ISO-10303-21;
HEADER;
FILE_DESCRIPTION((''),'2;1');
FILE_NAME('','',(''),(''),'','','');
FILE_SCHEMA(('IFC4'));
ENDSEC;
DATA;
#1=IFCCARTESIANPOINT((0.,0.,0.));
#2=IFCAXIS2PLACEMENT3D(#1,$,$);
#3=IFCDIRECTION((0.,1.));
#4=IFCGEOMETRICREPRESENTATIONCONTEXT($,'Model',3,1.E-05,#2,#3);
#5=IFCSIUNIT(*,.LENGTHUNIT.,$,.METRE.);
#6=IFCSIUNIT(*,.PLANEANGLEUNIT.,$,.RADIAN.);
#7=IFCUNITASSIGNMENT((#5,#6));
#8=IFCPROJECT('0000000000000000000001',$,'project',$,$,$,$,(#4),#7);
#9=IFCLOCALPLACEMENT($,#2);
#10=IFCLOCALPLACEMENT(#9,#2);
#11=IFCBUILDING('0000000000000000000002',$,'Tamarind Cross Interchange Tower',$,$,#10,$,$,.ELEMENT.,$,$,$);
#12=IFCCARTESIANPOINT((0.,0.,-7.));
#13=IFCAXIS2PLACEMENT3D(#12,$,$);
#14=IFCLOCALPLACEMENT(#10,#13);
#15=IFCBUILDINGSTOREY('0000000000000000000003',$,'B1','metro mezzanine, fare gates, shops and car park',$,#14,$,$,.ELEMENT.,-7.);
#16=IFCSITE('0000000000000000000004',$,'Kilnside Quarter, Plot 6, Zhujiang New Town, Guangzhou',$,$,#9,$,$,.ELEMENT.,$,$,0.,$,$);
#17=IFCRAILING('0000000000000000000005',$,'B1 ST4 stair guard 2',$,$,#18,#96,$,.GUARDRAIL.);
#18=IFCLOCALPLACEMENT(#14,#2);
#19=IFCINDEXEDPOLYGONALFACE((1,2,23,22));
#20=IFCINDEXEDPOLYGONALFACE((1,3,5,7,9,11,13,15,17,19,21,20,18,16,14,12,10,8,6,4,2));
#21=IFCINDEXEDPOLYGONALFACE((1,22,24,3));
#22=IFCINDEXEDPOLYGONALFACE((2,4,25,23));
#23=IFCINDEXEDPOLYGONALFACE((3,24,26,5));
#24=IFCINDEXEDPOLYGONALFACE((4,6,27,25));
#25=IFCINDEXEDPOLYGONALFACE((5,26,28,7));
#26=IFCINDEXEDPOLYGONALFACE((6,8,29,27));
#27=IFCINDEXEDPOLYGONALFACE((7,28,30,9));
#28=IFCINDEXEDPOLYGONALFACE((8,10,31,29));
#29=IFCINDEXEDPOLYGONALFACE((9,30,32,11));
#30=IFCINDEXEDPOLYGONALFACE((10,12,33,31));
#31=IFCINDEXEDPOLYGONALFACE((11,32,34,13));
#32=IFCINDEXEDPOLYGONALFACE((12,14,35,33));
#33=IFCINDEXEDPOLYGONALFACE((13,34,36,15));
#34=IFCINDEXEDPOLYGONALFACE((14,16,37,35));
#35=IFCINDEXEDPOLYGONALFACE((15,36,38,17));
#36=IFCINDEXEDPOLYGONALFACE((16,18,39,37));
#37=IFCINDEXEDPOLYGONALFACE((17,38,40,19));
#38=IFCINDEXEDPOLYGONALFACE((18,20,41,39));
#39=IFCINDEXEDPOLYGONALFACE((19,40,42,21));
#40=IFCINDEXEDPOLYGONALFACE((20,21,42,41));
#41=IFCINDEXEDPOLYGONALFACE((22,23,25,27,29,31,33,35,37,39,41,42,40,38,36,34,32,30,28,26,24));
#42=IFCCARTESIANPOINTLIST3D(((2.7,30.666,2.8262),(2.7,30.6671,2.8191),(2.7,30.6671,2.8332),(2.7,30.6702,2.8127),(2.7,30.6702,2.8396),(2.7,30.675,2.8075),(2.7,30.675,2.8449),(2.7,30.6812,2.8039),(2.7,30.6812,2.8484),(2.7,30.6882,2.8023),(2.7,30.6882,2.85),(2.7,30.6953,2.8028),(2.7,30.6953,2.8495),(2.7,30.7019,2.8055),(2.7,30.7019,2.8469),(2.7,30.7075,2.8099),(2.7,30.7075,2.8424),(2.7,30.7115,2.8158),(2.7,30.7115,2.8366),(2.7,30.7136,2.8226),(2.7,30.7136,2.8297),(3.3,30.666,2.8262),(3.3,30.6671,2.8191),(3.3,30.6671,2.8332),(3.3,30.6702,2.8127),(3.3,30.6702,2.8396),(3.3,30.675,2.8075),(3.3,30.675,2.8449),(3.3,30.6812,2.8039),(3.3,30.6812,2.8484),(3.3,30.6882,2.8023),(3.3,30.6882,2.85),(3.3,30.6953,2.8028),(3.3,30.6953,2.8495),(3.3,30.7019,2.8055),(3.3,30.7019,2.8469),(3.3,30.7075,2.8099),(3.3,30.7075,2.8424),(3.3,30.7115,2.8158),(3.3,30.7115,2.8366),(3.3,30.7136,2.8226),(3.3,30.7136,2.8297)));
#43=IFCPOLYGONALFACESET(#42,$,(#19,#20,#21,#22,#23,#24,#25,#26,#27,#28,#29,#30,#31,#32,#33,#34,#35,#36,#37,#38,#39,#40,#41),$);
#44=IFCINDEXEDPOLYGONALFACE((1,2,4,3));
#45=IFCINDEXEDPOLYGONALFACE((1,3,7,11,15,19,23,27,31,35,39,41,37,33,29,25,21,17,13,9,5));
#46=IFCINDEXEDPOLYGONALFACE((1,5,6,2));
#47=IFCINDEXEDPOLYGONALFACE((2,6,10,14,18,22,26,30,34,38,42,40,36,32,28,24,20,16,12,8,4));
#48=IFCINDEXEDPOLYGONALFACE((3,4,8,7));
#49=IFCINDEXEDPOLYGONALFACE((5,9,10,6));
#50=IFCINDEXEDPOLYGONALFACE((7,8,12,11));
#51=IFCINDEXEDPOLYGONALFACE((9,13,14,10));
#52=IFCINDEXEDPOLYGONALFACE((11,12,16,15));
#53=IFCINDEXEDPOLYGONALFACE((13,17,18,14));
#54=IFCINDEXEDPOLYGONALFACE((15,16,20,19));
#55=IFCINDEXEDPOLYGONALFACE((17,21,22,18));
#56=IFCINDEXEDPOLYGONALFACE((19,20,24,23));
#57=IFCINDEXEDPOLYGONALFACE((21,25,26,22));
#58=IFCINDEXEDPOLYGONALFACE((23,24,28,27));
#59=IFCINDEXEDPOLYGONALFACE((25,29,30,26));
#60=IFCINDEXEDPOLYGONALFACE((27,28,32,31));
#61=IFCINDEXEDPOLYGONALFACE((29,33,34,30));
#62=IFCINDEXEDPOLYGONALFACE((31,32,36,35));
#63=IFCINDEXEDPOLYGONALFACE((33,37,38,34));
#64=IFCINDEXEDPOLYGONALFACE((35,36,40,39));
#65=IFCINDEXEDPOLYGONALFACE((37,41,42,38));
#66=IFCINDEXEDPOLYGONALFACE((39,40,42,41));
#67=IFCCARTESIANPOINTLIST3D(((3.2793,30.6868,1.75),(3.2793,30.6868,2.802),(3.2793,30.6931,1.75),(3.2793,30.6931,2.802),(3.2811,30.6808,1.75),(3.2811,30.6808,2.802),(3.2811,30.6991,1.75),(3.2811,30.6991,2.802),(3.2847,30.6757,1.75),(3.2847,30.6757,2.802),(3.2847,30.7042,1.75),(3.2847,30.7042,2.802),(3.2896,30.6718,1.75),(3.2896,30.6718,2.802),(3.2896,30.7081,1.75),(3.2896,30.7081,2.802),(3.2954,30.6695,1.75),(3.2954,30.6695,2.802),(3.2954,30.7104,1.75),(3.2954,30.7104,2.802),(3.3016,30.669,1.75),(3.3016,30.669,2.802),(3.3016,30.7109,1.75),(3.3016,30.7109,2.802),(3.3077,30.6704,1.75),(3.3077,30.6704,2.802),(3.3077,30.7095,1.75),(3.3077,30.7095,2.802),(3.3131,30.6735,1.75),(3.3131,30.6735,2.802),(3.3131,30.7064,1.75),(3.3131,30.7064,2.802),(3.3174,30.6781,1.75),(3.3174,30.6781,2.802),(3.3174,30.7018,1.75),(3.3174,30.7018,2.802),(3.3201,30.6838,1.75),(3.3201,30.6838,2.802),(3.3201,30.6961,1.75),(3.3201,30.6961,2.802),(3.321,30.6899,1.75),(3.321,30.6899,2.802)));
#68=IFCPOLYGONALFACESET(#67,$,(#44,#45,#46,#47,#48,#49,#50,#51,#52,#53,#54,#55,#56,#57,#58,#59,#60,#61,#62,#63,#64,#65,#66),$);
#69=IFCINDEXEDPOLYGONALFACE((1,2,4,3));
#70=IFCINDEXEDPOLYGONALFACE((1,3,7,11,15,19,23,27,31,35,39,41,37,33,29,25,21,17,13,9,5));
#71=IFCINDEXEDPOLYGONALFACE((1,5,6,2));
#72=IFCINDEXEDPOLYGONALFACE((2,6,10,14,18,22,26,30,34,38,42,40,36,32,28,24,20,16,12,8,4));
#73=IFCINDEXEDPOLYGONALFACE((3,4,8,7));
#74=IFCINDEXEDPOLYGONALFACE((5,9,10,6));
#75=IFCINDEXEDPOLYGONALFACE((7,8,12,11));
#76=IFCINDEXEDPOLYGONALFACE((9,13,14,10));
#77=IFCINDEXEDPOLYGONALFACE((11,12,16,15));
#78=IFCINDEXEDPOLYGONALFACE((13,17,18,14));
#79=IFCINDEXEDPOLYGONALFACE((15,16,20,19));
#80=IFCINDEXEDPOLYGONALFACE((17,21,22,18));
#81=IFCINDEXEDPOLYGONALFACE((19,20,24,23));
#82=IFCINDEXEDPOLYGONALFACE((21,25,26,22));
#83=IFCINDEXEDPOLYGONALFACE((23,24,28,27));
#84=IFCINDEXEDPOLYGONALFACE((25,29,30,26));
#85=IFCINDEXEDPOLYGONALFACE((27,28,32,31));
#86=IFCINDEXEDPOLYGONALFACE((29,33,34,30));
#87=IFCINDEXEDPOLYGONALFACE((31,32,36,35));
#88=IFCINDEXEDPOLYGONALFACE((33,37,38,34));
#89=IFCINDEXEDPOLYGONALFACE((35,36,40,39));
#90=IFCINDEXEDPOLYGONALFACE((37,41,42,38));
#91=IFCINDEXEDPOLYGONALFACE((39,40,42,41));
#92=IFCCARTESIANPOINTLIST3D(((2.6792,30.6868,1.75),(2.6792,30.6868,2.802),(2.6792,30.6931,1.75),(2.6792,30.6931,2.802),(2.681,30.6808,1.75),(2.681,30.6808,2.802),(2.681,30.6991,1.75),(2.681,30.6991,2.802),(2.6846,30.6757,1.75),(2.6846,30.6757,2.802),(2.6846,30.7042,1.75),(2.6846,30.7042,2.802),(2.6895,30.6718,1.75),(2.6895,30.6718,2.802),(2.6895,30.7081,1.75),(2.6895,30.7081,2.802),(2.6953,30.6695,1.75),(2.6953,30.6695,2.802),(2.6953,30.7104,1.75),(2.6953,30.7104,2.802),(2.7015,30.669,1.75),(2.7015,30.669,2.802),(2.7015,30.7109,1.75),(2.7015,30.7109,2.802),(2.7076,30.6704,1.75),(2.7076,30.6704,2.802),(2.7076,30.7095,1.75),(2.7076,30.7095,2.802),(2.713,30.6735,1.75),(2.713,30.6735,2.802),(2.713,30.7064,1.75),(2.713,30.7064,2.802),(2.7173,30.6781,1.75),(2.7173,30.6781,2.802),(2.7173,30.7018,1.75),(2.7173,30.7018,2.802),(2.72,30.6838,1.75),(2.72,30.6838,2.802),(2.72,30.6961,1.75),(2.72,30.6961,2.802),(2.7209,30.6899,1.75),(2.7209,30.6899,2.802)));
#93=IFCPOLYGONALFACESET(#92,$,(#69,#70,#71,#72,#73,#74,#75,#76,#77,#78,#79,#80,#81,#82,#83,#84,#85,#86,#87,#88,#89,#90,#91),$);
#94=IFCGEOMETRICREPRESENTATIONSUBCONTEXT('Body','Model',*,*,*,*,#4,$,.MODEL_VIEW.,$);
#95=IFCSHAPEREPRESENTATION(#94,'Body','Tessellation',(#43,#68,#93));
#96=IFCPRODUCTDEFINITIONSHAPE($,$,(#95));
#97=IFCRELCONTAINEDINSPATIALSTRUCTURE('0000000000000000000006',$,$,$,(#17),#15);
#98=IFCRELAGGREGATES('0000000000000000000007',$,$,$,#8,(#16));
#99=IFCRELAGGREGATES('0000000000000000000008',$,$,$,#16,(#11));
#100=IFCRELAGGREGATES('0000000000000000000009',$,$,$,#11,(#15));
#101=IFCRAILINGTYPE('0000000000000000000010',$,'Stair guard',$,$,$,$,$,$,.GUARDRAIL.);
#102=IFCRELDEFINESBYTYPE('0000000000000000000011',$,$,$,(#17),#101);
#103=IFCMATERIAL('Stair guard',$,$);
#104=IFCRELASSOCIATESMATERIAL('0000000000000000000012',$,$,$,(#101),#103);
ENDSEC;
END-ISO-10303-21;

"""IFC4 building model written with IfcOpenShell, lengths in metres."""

from ifc_helpers import new_model, si_unit, direction, frame, origin, origin_2d, place, context, subcontext, project, spatial, circle, extrude, material, type_object, element, save


model = new_model("IFC4")

# Units and contexts
model_context = context("Model", 3, precision=1e-05, world=origin(), true_north=direction((0.0, 1.0)))
body_context = subcontext(model_context, "Body", "Model", "MODEL_VIEW")
ifc_project = project(units=[si_unit("LENGTHUNIT", "METRE"), si_unit("PLANEANGLEUNIT", "RADIAN")], contexts=[model_context])

# Site, building, storey
site_placement = place(None, origin())
site = spatial("IfcSite", under=ifc_project, at=site_placement, Name="Kilnside Quarter, Plot 6, Zhujiang New Town, Guangzhou", CompositionType="ELEMENT", RefElevation=0.0)
building_placement = place(site_placement, origin())
building = spatial("IfcBuilding", under=site, at=building_placement, Name="Tamarind Cross Interchange Tower", CompositionType="ELEMENT")
storey_placement = place(building_placement, frame((0.0, 0.0, -7.0)))
storey = spatial("IfcBuildingStorey", under=building, at=storey_placement, Name="B1", Description="metro mezzanine, fare gates, shops and car park", CompositionType="ELEMENT", Elevation=-7.0)

# Railing
ifc_material_1 = material(Name="Stair guard")
railing_type_1 = type_object("IfcRailingType", Name="Stair guard", PredefinedType="GUARDRAIL", material=ifc_material_1)
railing_1_placement = place(storey_placement, frame((3.3, 30.6899, 1.75)))
element("IfcRailing", 1, at=railing_1_placement, inside=storey, type_object=railing_type_1, Name="B1 ST4 stair guard 2", PredefinedType="GUARDRAIL", context=body_context, shape_type="SweptSolid", body=[
    extrude(circle(Radius=0.0239, at=origin_2d()), frame((0.0, 0.0, 1.0762), z_axis=(-1.0, 0.0, 0.0), x_axis=(0.0, -1.0, 0.0)), (0.0, 0.0, 1.0), 0.6001),
    extrude(circle(Radius=0.021, at=origin_2d()), origin(), (0.0, 0.0, 1.0), 1.052),
    extrude(circle(Radius=0.021, at=origin_2d()), frame((-0.6001, 0.0, 0.0)), (0.0, 0.0, 1.0), 1.052),
])

save(model, "model.ifc")
